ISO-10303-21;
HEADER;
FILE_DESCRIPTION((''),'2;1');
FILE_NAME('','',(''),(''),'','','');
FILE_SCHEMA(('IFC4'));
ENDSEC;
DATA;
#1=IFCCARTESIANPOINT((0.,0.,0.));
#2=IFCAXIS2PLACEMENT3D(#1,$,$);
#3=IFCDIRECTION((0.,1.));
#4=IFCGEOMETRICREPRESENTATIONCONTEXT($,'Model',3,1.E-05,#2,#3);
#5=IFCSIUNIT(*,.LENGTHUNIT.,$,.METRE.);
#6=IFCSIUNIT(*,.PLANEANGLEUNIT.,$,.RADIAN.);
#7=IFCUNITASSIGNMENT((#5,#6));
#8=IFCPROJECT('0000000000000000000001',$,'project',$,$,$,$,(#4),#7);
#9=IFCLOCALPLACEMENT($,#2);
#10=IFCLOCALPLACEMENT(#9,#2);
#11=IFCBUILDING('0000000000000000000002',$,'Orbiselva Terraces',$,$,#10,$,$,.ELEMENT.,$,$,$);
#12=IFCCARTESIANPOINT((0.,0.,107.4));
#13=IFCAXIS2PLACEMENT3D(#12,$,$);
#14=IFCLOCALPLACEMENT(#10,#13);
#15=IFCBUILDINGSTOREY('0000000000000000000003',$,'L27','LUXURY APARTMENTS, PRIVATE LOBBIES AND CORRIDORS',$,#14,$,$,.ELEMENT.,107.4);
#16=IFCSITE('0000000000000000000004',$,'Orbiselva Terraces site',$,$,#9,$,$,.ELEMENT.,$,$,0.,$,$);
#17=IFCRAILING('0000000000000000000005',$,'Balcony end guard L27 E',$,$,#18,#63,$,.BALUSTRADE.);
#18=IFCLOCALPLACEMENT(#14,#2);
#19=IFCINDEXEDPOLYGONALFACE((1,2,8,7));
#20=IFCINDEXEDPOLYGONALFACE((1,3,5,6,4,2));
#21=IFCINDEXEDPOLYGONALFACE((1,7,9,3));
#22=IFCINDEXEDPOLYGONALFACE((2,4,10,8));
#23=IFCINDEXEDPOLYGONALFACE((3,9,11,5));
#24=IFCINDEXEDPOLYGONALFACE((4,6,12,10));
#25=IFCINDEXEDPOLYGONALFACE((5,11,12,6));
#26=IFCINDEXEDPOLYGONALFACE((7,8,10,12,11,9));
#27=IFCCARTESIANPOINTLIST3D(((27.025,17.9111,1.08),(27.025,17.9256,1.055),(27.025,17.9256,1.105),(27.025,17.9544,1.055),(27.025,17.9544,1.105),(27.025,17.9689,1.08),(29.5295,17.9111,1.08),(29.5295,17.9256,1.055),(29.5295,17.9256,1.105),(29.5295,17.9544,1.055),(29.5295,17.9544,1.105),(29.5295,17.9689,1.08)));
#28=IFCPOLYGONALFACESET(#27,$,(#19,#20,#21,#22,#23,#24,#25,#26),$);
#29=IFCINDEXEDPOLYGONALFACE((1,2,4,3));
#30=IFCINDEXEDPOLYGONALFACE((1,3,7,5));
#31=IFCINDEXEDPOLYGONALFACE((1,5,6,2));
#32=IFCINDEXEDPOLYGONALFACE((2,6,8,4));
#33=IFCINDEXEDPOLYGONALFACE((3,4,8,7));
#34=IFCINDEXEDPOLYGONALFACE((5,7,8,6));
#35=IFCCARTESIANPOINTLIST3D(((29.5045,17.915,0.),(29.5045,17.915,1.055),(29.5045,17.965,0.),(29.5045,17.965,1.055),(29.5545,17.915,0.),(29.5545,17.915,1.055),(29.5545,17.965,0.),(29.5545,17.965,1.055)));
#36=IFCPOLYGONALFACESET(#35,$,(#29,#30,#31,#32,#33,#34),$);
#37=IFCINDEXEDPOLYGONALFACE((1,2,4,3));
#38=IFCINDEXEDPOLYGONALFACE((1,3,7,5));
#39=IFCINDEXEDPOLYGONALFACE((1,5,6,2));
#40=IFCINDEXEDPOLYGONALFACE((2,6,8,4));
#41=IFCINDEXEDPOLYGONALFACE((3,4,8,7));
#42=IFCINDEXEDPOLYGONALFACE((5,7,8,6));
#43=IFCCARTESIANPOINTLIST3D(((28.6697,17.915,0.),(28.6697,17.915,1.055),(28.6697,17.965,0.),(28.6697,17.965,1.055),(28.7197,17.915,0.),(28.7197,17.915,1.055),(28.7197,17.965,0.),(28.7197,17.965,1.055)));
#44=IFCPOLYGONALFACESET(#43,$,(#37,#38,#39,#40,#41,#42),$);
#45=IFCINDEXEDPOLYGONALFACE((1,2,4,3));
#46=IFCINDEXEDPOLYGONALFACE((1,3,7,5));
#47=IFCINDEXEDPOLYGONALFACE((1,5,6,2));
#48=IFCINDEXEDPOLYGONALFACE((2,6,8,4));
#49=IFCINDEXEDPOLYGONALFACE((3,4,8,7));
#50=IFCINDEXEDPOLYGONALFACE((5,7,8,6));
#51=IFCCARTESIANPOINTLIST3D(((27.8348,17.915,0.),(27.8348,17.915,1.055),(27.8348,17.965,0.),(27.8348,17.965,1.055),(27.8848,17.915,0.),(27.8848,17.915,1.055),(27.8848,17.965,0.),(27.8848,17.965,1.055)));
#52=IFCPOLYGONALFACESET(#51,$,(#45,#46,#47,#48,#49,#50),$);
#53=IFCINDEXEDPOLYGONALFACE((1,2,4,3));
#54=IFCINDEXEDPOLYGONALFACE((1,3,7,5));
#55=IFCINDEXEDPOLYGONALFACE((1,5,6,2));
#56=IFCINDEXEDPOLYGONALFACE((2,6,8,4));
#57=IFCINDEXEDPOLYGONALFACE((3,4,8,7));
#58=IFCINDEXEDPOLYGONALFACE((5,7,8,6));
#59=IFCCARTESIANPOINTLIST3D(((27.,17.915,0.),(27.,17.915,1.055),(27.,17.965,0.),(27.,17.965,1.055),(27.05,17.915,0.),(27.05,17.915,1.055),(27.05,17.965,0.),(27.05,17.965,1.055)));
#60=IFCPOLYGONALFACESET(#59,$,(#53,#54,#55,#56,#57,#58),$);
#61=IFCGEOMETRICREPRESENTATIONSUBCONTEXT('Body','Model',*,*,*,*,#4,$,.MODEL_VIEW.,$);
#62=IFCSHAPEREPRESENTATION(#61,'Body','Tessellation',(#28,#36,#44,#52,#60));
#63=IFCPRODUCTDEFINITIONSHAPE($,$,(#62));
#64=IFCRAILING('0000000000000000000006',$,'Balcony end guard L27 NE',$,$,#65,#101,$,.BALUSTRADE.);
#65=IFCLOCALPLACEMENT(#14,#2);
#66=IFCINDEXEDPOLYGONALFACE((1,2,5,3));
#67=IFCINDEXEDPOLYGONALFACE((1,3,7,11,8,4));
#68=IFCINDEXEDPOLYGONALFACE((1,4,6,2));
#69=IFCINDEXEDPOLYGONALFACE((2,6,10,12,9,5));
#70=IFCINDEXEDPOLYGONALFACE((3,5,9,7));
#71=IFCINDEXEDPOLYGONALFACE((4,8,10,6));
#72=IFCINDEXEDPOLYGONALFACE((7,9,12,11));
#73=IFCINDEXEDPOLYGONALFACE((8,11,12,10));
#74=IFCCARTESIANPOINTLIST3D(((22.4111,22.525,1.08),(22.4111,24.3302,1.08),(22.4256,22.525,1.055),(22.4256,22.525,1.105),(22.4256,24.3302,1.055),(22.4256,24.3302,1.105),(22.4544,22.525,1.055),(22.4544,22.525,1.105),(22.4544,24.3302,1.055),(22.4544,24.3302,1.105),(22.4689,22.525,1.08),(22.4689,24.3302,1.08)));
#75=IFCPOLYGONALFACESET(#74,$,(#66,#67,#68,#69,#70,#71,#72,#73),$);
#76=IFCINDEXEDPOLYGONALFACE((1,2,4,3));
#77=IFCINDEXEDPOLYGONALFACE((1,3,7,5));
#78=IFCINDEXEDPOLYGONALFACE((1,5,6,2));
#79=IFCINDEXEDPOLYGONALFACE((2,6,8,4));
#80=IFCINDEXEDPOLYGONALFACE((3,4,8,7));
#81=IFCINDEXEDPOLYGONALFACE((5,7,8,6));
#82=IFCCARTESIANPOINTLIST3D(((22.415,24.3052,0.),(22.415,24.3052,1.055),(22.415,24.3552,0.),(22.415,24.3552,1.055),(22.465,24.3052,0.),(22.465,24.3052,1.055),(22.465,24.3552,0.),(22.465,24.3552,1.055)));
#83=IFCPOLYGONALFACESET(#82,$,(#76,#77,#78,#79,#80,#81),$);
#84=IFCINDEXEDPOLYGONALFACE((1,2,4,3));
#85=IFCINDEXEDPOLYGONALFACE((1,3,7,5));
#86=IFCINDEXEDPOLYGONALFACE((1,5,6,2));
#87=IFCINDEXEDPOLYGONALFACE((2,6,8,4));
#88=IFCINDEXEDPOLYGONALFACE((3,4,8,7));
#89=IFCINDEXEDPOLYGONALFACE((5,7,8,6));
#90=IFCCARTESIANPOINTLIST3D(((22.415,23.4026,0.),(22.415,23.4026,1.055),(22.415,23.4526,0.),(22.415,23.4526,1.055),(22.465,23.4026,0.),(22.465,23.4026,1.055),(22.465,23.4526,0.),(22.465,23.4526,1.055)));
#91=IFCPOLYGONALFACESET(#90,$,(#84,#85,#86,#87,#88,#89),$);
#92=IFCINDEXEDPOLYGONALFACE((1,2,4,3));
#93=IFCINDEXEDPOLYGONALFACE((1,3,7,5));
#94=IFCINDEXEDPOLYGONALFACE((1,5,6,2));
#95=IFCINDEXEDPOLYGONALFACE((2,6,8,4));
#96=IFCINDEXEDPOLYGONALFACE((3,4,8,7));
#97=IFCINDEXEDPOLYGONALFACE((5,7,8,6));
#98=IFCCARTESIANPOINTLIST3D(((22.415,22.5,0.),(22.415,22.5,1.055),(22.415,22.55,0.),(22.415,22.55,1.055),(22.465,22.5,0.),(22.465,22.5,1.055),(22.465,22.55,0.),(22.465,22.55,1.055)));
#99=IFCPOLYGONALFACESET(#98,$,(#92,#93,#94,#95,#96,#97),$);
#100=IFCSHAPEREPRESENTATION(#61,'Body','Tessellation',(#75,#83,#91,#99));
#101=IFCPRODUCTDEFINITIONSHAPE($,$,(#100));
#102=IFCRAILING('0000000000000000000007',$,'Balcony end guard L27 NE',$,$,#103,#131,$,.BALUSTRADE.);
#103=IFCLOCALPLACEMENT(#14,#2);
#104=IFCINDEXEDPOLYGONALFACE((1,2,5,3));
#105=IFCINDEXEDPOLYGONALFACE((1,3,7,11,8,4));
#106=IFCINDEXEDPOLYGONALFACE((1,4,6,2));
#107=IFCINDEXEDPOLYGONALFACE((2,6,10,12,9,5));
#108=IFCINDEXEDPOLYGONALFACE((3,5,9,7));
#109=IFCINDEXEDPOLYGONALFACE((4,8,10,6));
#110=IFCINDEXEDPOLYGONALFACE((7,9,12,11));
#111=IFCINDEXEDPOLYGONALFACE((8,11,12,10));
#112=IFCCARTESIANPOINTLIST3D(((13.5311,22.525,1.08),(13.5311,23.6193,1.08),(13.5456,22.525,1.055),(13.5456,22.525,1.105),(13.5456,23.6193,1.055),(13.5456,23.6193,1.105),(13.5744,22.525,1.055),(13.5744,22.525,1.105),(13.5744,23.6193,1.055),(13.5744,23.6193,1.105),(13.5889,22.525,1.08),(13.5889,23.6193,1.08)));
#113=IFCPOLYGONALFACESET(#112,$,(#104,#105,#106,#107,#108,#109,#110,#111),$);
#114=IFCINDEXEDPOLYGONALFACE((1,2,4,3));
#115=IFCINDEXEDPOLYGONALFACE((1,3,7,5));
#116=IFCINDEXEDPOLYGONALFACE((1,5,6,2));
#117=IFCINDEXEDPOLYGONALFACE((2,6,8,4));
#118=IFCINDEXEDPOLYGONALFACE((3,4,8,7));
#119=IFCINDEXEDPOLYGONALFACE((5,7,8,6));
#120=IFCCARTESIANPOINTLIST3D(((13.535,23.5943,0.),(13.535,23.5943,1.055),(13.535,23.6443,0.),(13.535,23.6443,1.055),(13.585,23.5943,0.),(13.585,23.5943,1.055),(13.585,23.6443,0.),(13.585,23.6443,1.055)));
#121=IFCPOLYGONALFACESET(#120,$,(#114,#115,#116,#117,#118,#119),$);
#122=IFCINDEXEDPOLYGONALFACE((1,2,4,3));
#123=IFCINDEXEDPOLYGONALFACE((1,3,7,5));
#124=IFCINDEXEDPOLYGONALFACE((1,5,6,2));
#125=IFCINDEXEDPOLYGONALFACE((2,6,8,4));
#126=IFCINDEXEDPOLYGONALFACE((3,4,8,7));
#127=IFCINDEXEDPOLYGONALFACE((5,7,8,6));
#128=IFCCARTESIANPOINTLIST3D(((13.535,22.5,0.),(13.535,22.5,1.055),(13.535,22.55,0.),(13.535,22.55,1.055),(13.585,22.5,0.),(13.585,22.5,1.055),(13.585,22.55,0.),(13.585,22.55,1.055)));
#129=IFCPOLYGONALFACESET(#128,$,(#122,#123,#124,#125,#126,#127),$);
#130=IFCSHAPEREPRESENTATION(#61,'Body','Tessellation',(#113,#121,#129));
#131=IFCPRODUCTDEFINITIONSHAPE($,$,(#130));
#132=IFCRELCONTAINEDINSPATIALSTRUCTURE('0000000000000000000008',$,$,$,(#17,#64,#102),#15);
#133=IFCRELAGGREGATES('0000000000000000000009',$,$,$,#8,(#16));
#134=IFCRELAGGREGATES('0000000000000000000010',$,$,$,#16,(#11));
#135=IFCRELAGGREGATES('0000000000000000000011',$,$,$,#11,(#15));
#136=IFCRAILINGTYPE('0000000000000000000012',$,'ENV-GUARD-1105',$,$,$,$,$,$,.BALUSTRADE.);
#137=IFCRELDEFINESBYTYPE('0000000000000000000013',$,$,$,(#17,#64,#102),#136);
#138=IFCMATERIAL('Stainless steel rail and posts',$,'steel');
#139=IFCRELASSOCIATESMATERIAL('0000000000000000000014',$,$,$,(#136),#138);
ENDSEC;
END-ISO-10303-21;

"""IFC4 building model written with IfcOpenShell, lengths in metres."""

from ifc_helpers import new_model, si_unit, direction, frame, origin, origin_2d, place, context, subcontext, project, spatial, polyline, rectangle, outline, extrude, material, type_object, element, save


model = new_model("IFC4")

# Units and contexts
model_context = context("Model", 3, precision=1e-05, world=origin(), true_north=direction((0.0, 1.0)))
body_context = subcontext(model_context, "Body", "Model", "MODEL_VIEW")
ifc_project = project(units=[si_unit("LENGTHUNIT", "METRE"), si_unit("PLANEANGLEUNIT", "RADIAN")], contexts=[model_context])

# Site, building, storey
site_placement = place(None, origin())
site = spatial("IfcSite", under=ifc_project, at=site_placement, Name="Orbiselva Terraces site", CompositionType="ELEMENT", RefElevation=0.0)
building_placement = place(site_placement, origin())
building = spatial("IfcBuilding", under=site, at=building_placement, Name="Orbiselva Terraces", CompositionType="ELEMENT")
storey_placement = place(building_placement, frame((0.0, 0.0, 107.4)))
storey = spatial("IfcBuildingStorey", under=building, at=storey_placement, Name="L27", Description="LUXURY APARTMENTS, PRIVATE LOBBIES AND CORRIDORS", CompositionType="ELEMENT", Elevation=107.4)

# Railings
ifc_material_1 = material(Name="Stainless steel rail and posts", Category="steel")
railing_type_1 = type_object("IfcRailingType", Name="ENV-GUARD-1105", PredefinedType="BALUSTRADE", material=ifc_material_1)
railing_1_placement = place(storey_placement, frame((29.5295, 17.94, 0.0)))
element("IfcRailing", 1, at=railing_1_placement, inside=storey, type_object=railing_type_1, Name="Balcony end guard L27 E", PredefinedType="BALUSTRADE", context=body_context, shape_type="SweptSolid", body=[
    extrude(outline(polyline([(0.0289, 0.0), (0.0144, 0.025), (-0.0144, 0.025), (-0.0289, 0.0), (-0.0144, -0.025), (0.0144, -0.025), (0.0289, 0.0)])), frame((0.0, 0.0, 1.08), z_axis=(-1.0, 0.0, 0.0), x_axis=(0.0, -1.0, 0.0)), (0.0, 0.0, 1.0), 2.5045),
    extrude(rectangle(XDim=0.05, YDim=0.05, at=origin_2d()), origin(), (0.0, 0.0, 1.0), 1.055),
    extrude(rectangle(XDim=0.05, YDim=0.05, at=origin_2d()), frame((-0.8348, 0.0, 0.0)), (0.0, 0.0, 1.0), 1.055),
    extrude(rectangle(XDim=0.05, YDim=0.05, at=origin_2d()), frame((-1.6697, 0.0, 0.0)), (0.0, 0.0, 1.0), 1.055),
    extrude(rectangle(XDim=0.05, YDim=0.05, at=origin_2d()), frame((-2.5045, 0.0, 0.0)), (0.0, 0.0, 1.0), 1.055),
])
railing_2_placement = place(storey_placement, frame((22.44, 24.3302, 0.0)))
element("IfcRailing", 2, at=railing_2_placement, inside=storey, type_object=railing_type_1, Name="Balcony end guard L27 NE", PredefinedType="BALUSTRADE", context=body_context, shape_type="SweptSolid", body=[
    extrude(outline(polyline([(0.0289, 0.0), (0.0144, 0.025), (-0.0144, 0.025), (-0.0289, 0.0), (-0.0144, -0.025), (0.0144, -0.025), (0.0289, 0.0)])), frame((0.0, 0.0, 1.08), z_axis=(0.0, -1.0, 0.0), x_axis=(1.0, 0.0, 0.0)), (0.0, 0.0, 1.0), 1.8052),
    extrude(rectangle(XDim=0.05, YDim=0.05, at=origin_2d()), origin(), (0.0, 0.0, 1.0), 1.055),
    extrude(rectangle(XDim=0.05, YDim=0.05, at=origin_2d()), frame((0.0, -0.9026, 0.0)), (0.0, 0.0, 1.0), 1.055),
    extrude(rectangle(XDim=0.05, YDim=0.05, at=origin_2d()), frame((0.0, -1.8052, 0.0)), (0.0, 0.0, 1.0), 1.055),
])
railing_3_placement = place(storey_placement, frame((13.56, 23.6193, 0.0)))
element("IfcRailing", 3, at=railing_3_placement, inside=storey, type_object=railing_type_1, Name="Balcony end guard L27 NE", PredefinedType="BALUSTRADE", context=body_context, shape_type="SweptSolid", body=[
    extrude(outline(polyline([(0.0289, 0.0), (0.0144, 0.025), (-0.0144, 0.025), (-0.0289, 0.0), (-0.0144, -0.025), (0.0144, -0.025), (0.0289, 0.0)])), frame((0.0, 0.0, 1.08), z_axis=(0.0, -1.0, 0.0), x_axis=(1.0, 0.0, 0.0)), (0.0, 0.0, 1.0), 1.0943),
    extrude(rectangle(XDim=0.05, YDim=0.05, at=origin_2d()), origin(), (0.0, 0.0, 1.0), 1.055),
    extrude(rectangle(XDim=0.05, YDim=0.05, at=origin_2d()), frame((0.0, -1.0943, 0.0)), (0.0, 0.0, 1.0), 1.055),
])

save(model, "model.ifc")
